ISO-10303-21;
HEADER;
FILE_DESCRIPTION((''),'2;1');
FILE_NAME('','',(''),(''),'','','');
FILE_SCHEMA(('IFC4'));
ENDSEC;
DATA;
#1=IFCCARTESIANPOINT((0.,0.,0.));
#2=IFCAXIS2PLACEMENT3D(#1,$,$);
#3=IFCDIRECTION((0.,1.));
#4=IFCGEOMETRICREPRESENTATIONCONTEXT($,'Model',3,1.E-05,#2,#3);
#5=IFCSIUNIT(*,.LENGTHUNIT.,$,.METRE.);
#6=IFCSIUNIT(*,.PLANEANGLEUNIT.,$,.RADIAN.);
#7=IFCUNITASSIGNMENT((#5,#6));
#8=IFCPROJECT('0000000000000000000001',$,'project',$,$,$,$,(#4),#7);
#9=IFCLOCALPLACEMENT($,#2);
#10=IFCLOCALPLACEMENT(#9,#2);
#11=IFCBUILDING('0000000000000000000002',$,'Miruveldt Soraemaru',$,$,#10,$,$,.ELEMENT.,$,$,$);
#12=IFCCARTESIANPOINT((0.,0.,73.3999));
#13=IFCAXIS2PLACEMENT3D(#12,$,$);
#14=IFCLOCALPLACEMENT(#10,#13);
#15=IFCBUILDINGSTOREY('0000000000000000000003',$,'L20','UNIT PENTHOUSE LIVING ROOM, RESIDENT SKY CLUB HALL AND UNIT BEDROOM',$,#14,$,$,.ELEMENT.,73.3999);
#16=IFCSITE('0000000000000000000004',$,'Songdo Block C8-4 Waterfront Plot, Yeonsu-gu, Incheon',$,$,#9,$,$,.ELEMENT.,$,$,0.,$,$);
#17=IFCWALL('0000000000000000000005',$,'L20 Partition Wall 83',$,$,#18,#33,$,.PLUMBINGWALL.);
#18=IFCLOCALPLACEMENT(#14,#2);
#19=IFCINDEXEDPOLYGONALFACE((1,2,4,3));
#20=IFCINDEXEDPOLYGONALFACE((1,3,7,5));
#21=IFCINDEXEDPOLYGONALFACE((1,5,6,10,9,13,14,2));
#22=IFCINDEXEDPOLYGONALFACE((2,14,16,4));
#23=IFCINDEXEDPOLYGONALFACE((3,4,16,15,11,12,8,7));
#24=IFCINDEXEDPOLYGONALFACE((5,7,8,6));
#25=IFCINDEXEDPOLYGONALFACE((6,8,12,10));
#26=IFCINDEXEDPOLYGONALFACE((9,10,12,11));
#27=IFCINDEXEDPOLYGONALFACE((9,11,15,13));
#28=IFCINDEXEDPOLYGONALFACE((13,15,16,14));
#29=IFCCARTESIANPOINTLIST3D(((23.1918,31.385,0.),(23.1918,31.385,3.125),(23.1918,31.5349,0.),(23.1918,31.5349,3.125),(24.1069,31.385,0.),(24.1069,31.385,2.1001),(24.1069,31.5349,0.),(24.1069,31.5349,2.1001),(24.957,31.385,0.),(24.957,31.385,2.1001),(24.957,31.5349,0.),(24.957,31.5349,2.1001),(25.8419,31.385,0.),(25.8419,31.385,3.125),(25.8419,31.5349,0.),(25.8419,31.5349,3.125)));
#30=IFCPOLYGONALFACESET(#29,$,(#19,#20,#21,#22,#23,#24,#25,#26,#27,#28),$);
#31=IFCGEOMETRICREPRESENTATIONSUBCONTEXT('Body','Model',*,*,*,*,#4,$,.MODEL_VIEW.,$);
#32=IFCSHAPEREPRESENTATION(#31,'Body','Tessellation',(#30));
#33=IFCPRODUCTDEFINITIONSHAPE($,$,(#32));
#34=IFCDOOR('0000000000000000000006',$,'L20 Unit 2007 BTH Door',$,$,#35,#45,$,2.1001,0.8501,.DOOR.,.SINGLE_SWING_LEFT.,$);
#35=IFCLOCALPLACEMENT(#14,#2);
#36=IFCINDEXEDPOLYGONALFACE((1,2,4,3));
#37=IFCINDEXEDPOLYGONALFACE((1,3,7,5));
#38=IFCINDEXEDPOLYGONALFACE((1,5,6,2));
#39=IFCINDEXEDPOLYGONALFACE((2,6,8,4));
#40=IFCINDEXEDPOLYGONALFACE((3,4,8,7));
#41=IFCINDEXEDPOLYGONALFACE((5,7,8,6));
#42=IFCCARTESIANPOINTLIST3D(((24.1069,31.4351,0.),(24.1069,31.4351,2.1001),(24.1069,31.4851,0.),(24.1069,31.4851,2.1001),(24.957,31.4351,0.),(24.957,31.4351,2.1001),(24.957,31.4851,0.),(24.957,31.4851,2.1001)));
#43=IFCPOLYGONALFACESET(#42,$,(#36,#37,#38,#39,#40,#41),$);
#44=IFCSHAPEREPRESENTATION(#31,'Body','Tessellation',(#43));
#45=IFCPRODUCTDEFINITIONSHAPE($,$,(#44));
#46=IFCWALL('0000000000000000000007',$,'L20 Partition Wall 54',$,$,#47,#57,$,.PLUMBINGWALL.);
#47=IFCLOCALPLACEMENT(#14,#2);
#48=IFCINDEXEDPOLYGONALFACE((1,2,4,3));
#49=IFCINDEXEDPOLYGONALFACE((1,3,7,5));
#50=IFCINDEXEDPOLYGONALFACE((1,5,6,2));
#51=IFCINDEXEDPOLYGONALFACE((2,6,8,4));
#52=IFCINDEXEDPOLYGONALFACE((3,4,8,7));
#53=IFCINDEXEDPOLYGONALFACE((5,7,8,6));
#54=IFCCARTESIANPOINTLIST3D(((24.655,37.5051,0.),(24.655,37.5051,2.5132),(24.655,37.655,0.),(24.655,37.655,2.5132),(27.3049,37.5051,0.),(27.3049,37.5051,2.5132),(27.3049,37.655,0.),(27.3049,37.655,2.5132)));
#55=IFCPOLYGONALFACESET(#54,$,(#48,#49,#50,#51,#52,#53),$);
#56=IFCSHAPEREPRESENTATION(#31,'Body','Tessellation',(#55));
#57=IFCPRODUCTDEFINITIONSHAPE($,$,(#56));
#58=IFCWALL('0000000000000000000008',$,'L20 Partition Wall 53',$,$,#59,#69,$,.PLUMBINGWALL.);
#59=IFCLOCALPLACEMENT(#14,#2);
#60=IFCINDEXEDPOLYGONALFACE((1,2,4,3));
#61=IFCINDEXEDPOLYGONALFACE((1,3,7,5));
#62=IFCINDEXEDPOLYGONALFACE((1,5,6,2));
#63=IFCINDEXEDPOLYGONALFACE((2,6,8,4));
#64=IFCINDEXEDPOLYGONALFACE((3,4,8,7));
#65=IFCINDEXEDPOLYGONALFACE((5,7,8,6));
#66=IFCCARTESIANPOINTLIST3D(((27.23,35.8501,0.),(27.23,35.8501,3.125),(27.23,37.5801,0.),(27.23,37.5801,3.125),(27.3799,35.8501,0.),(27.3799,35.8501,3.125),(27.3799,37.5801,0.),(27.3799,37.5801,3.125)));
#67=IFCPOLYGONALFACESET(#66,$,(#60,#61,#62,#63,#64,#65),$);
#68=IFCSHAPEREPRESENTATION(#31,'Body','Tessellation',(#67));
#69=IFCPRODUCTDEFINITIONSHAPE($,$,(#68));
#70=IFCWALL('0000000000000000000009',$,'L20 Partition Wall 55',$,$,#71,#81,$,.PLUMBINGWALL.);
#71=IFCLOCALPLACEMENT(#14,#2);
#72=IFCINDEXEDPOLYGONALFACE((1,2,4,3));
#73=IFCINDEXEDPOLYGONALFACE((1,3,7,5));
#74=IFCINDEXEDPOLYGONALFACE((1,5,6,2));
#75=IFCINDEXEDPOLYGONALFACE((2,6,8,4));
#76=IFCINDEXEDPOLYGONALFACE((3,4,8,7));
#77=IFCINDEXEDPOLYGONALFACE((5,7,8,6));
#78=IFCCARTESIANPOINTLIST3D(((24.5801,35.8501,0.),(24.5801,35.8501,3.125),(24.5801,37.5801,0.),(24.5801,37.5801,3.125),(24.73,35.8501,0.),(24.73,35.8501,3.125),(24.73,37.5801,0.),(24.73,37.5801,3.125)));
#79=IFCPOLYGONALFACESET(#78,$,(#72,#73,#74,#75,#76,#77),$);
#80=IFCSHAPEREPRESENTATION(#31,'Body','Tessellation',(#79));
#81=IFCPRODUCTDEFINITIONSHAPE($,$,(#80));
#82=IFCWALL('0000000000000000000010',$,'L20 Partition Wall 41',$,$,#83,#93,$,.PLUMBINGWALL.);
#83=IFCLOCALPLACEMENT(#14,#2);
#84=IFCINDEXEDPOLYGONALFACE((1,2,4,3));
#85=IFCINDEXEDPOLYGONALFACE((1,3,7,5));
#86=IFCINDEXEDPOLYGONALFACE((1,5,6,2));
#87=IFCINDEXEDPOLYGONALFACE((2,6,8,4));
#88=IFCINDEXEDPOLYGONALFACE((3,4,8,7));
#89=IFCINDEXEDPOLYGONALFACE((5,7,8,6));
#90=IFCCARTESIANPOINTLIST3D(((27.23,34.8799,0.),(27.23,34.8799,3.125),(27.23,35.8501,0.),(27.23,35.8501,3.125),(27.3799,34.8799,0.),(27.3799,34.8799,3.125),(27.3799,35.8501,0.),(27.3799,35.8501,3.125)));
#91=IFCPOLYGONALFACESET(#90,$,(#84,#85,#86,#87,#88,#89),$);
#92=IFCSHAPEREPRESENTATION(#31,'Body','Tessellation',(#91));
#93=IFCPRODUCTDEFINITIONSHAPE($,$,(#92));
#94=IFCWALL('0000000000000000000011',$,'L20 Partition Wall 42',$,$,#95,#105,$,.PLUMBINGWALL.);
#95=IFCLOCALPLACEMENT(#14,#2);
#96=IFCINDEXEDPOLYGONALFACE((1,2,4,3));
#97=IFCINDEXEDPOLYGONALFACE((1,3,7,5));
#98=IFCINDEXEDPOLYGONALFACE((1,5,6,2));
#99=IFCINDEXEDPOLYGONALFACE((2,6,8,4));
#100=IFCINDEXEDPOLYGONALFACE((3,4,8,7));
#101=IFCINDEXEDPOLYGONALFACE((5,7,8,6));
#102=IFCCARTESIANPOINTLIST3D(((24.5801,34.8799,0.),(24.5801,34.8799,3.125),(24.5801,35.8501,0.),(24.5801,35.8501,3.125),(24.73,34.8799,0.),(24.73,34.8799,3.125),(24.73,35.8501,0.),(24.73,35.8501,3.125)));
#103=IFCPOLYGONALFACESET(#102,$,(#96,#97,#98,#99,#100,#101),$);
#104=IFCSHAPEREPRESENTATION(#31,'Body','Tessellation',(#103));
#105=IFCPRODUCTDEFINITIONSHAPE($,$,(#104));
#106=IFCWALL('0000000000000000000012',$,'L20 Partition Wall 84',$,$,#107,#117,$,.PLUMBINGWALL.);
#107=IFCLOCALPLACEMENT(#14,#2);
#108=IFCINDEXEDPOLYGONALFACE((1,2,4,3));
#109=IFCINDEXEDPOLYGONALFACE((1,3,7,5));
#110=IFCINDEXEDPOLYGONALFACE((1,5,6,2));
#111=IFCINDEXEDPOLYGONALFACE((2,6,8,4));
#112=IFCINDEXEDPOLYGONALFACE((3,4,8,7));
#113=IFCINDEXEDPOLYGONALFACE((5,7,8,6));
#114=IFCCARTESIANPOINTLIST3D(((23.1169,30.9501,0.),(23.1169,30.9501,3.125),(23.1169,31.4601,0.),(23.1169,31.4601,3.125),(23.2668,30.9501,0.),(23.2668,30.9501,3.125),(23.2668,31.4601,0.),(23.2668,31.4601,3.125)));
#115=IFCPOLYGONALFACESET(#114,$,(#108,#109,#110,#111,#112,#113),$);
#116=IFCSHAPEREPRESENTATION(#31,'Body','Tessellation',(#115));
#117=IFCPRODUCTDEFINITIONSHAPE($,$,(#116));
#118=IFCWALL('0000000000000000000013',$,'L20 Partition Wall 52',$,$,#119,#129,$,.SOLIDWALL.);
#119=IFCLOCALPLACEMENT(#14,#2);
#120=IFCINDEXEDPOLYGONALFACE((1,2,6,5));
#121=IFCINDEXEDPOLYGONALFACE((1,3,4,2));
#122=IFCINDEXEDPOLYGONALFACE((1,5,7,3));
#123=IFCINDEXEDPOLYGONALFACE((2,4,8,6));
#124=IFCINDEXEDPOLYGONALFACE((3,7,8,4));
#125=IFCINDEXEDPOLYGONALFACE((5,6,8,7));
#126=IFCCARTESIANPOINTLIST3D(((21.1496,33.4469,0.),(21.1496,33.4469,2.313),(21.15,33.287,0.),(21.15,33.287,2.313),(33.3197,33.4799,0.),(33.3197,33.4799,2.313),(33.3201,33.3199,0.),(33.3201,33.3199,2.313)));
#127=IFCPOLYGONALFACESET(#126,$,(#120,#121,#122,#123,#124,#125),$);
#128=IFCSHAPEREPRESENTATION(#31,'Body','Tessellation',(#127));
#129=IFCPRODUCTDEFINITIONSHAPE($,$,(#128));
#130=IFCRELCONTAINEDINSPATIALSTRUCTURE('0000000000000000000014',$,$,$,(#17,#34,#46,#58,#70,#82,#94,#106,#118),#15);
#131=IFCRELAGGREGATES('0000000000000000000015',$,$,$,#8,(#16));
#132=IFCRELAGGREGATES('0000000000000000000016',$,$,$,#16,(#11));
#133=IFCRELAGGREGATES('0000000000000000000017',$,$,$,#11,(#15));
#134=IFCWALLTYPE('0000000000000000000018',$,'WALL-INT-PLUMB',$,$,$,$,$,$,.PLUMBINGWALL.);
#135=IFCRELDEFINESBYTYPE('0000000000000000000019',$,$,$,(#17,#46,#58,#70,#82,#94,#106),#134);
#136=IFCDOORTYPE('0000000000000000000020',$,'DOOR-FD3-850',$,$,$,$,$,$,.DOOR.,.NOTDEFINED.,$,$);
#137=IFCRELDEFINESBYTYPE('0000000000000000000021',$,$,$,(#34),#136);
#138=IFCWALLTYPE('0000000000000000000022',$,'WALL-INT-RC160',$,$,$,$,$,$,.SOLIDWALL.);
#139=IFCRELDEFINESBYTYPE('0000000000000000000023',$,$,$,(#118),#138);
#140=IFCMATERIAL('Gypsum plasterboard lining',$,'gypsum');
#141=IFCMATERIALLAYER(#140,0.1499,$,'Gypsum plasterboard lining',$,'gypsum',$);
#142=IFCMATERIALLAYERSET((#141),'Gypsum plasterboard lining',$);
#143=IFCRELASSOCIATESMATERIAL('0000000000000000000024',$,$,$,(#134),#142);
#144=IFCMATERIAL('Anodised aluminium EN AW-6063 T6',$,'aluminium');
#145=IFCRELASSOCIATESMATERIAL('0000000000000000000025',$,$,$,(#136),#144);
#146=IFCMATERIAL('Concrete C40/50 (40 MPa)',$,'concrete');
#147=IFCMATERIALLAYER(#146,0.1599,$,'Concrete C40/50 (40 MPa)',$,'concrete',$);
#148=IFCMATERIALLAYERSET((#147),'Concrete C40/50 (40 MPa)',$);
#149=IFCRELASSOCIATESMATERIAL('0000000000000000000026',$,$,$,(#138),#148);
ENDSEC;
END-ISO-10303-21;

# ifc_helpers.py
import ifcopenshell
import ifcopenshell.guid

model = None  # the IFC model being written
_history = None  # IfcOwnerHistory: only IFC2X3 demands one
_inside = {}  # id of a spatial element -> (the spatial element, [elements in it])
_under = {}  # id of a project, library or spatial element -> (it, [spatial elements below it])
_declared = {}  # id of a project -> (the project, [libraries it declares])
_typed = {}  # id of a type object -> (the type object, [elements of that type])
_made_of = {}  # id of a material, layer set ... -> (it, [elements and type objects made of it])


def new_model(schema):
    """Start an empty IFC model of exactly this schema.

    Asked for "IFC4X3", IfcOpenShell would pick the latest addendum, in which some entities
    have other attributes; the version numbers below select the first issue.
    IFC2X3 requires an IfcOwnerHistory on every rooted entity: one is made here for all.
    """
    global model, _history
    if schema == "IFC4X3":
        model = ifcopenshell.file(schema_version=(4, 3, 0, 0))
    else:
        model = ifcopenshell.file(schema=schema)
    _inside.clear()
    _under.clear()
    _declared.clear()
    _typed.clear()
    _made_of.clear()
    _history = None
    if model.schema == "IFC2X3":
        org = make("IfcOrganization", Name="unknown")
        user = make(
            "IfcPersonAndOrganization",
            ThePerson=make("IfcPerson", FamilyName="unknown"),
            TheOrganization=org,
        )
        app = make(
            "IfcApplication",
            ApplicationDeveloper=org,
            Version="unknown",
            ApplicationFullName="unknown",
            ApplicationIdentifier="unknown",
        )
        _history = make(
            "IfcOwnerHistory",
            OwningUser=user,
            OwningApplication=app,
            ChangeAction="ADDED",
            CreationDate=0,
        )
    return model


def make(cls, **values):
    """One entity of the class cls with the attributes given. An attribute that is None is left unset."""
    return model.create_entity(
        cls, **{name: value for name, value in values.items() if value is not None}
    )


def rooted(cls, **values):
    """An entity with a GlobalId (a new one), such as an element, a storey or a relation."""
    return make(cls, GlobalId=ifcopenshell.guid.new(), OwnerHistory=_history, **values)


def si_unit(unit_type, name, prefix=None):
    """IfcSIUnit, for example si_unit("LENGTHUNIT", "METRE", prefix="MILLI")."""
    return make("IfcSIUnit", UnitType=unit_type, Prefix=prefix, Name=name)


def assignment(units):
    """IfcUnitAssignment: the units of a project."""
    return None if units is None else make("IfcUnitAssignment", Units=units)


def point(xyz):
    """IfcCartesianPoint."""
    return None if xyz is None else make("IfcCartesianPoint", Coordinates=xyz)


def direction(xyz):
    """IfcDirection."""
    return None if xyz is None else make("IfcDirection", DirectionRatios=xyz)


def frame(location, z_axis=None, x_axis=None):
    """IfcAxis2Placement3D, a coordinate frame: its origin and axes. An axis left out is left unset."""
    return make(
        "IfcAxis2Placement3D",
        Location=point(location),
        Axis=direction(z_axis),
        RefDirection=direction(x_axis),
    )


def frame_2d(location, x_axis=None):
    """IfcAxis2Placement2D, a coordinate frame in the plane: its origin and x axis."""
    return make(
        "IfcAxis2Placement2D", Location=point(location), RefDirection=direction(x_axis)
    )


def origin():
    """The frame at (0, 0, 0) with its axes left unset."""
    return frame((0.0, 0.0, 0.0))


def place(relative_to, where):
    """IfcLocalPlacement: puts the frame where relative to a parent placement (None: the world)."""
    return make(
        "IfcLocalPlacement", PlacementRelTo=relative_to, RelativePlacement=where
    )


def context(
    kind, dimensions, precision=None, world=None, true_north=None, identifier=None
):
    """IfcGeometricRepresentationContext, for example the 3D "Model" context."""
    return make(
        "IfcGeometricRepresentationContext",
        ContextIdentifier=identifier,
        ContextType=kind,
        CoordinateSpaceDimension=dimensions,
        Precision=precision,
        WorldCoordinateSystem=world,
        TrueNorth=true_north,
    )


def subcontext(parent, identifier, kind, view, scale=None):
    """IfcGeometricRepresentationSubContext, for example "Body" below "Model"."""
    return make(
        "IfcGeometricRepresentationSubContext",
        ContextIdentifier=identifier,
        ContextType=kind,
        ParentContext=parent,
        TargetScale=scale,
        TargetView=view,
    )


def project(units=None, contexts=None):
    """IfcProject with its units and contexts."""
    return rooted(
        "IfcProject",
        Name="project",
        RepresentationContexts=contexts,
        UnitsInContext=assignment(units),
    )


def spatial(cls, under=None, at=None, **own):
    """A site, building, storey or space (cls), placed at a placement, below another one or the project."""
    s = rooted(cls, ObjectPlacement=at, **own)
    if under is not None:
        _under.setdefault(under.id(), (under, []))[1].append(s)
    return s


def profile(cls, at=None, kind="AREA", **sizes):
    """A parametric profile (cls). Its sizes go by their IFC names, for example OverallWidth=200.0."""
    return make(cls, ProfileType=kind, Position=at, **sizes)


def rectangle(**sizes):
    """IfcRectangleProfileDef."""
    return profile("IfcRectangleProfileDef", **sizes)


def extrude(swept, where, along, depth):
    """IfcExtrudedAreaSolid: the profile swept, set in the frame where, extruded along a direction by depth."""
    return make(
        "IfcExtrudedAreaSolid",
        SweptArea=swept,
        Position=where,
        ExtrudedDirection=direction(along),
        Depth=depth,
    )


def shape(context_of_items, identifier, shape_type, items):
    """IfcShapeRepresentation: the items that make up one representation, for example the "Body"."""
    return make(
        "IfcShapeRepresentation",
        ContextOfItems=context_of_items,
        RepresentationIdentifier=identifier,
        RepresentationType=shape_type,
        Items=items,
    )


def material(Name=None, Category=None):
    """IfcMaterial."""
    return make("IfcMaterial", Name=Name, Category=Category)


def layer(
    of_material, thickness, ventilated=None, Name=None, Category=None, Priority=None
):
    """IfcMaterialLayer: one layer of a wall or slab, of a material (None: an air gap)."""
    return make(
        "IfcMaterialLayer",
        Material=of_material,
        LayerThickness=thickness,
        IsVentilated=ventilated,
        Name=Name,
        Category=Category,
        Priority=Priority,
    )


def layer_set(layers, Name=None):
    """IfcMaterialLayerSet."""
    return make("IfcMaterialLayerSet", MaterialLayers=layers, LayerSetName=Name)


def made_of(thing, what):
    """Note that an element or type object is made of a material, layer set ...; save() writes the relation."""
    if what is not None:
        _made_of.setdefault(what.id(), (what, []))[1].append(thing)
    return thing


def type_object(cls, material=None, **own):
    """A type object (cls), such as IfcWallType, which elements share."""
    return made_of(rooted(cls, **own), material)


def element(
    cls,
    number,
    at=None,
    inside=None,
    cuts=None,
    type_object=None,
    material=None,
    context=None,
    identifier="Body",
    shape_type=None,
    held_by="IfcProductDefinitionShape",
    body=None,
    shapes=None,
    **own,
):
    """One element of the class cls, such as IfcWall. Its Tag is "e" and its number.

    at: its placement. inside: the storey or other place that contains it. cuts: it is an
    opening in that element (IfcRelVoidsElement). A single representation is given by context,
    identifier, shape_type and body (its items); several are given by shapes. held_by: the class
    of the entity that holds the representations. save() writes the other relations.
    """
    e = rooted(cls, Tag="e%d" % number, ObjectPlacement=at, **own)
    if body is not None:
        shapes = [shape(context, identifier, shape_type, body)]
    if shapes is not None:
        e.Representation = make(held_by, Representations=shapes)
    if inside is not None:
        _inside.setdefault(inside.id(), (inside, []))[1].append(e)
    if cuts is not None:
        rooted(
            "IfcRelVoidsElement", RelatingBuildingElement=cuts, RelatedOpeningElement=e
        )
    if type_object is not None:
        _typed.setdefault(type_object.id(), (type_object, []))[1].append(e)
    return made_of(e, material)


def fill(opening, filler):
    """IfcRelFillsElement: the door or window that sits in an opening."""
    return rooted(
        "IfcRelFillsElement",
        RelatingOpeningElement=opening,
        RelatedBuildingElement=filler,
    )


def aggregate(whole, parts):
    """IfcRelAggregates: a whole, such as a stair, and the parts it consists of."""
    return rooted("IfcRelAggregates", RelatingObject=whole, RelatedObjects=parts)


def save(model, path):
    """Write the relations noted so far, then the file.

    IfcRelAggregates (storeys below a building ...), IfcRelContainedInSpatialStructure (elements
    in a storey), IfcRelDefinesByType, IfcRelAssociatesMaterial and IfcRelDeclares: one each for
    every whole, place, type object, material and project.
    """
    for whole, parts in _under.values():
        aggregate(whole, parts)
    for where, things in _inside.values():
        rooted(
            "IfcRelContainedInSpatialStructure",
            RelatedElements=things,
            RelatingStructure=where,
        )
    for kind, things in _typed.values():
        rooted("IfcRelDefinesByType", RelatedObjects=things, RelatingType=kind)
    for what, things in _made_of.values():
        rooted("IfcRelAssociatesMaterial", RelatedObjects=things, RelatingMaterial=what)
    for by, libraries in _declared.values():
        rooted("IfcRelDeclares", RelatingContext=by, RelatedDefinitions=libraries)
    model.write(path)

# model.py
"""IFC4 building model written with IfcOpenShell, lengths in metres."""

from ifc_helpers import new_model, si_unit, direction, frame, frame_2d, origin, place, context, subcontext, project, spatial, rectangle, extrude, material, layer, layer_set, type_object, element, fill, save


model = new_model("IFC4")

# Units and contexts
model_context = context("Model", 3, precision=1e-05, world=origin(), true_north=direction((0.0, 1.0)))
body_context = subcontext(model_context, "Body", "Model", "MODEL_VIEW")
ifc_project = project(units=[si_unit("LENGTHUNIT", "METRE"), si_unit("PLANEANGLEUNIT", "RADIAN")], contexts=[model_context])

# Site, building, storey
site_placement = place(None, origin())
site = spatial("IfcSite", under=ifc_project, at=site_placement, Name="Songdo Block C8-4 Waterfront Plot, Yeonsu-gu, Incheon", CompositionType="ELEMENT", RefElevation=0.0)
building_placement = place(site_placement, origin())
building = spatial("IfcBuilding", under=site, at=building_placement, Name="Miruveldt Soraemaru", CompositionType="ELEMENT")
storey_placement = place(building_placement, frame((0.0, 0.0, 73.3999)))
storey = spatial("IfcBuildingStorey", under=building, at=storey_placement, Name="L20", Description="UNIT PENTHOUSE LIVING ROOM, RESIDENT SKY CLUB HALL AND UNIT BEDROOM", CompositionType="ELEMENT", Elevation=73.3999)

# Shared definitions
ifc_material_1 = material(Name="Anodised aluminium EN AW-6063 T6", Category="aluminium")

# Shared definitions
ifc_material_2 = material(Name="Gypsum plasterboard lining", Category="gypsum")

# Wall, opening, door
ifc_layer_1 = layer(ifc_material_2, 0.1499, Name="Gypsum plasterboard lining", Category="gypsum")
ifc_layer_set_1 = layer_set([ifc_layer_1], Name="Gypsum plasterboard lining")
wall_type_1 = type_object("IfcWallType", Name="WALL-INT-PLUMB", PredefinedType="PLUMBINGWALL", material=ifc_layer_set_1)
door_type = type_object("IfcDoorType", Name="DOOR-FD3-850", OperationType="NOTDEFINED", PredefinedType="DOOR", material=ifc_material_1)
wall_1_placement = place(storey_placement, frame((25.842, 31.46, 0.0), z_axis=(0.0, 0.0, 1.0), x_axis=(-1.0, 0.0, 0.0)))
wall_1 = element("IfcWall", 1, at=wall_1_placement, inside=storey, type_object=wall_type_1, Name="L20 Partition Wall 83", PredefinedType="PLUMBINGWALL", context=body_context, shape_type="SweptSolid", body=[
    extrude(rectangle(XDim=2.6501, YDim=0.1499, at=frame_2d((1.3252, 0.0))), origin(), (0.0, 0.0, 1.0), 3.125),
])
opening_1_placement = place(wall_1_placement, frame((0.885, 0.0, 0.0)))
opening_1 = element("IfcOpeningElement", 2, at=opening_1_placement, cuts=wall_1, PredefinedType="OPENING", context=body_context, shape_type="SweptSolid", body=[
    extrude(rectangle(XDim=0.8501, YDim=2.1001, at=frame_2d((0.425, 1.05))), frame((0.0, 0.085, 0.0), z_axis=(0.0, -1.0, 0.0), x_axis=(1.0, 0.0, 0.0)), (0.0, 0.0, 1.0), 0.1699),
])
door_1_placement = place(opening_1_placement, origin())
door_1 = element("IfcDoor", 3, at=door_1_placement, inside=storey, type_object=door_type, Name="L20 Unit 2007 BTH Door", OperationType="SINGLE_SWING_LEFT", OverallHeight=2.1001, OverallWidth=0.8501, PredefinedType="DOOR", context=body_context, shape_type="SweptSolid", body=[
    extrude(rectangle(XDim=0.8501, YDim=2.1001, at=frame_2d((0.425, 1.05))), frame((0.0, 0.0249, 0.0), z_axis=(0.0, -1.0, 0.0), x_axis=(1.0, 0.0, 0.0)), (0.0, 0.0, 1.0), 0.05),
])
fill(opening_1, door_1)

# Walls
wall_2_placement = place(storey_placement, frame((27.3049, 37.5801, 0.0), z_axis=(0.0, 0.0, 1.0), x_axis=(-1.0, 0.0, 0.0)))
element("IfcWall", 4, at=wall_2_placement, inside=storey, type_object=wall_type_1, Name="L20 Partition Wall 54", PredefinedType="PLUMBINGWALL", context=body_context, shape_type="SweptSolid", body=[
    extrude(rectangle(XDim=2.6499, YDim=0.1499, at=frame_2d((1.325, 0.0))), origin(), (0.0, 0.0, 1.0), 2.5132),
])
for number, where, z_axis, x_axis, name in (
    (5, (27.3049, 35.8501, 0.0), (0.0, 0.0, 1.0), (0.0, 1.0, 0.0), "L20 Partition Wall 53"),
    (6, (24.655, 37.5801, 0.0), (0.0, 0.0, 1.0), (0.0, -1.0, 0.0), "L20 Partition Wall 55"),
):
    element("IfcWall", number, at=place(storey_placement, frame(where, z_axis=z_axis, x_axis=x_axis)), inside=storey, type_object=wall_type_1, Name=name, PredefinedType="PLUMBINGWALL", context=body_context, shape_type="SweptSolid", body=[
        extrude(rectangle(XDim=1.73, YDim=0.1499, at=frame_2d((0.865, 0.0))), origin(), (0.0, 0.0, 1.0), 3.125),
    ])
for number, where, z_axis, x_axis, name in (
    (7, (27.3049, 34.8799, 0.0), (0.0, 0.0, 1.0), (0.0, 1.0, 0.0), "L20 Partition Wall 41"),
    (8, (24.655, 35.8501, 0.0), (0.0, 0.0, 1.0), (0.0, -1.0, 0.0), "L20 Partition Wall 42"),
):
    element("IfcWall", number, at=place(storey_placement, frame(where, z_axis=z_axis, x_axis=x_axis)), inside=storey, type_object=wall_type_1, Name=name, PredefinedType="PLUMBINGWALL", context=body_context, shape_type="SweptSolid", body=[
        extrude(rectangle(XDim=0.9702, YDim=0.1499, at=frame_2d((0.4851, 0.0))), origin(), (0.0, 0.0, 1.0), 3.125),
    ])
wall_3_placement = place(storey_placement, frame((23.1919, 31.46, 0.0), z_axis=(0.0, 0.0, 1.0), x_axis=(0.0, -1.0, 0.0)))
element("IfcWall", 9, at=wall_3_placement, inside=storey, type_object=wall_type_1, Name="L20 Partition Wall 84", PredefinedType="PLUMBINGWALL", context=body_context, shape_type="SweptSolid", body=[
    extrude(rectangle(XDim=0.51, YDim=0.1499, at=frame_2d((0.2549, 0.0))), origin(), (0.0, 0.0, 1.0), 3.125),
])
ifc_material_3 = material(Name="Concrete C40/50 (40 MPa)", Category="concrete")
ifc_layer_2 = layer(ifc_material_3, 0.1599, Name="Concrete C40/50 (40 MPa)", Category="concrete")
ifc_layer_set_2 = layer_set([ifc_layer_2], Name="Concrete C40/50 (40 MPa)")
wall_type_2 = type_object("IfcWallType", Name="WALL-INT-RC160", PredefinedType="SOLIDWALL", material=ifc_layer_set_2)
wall_4_placement = place(storey_placement, frame((21.1499, 33.3669, 0.0), z_axis=(0.0, 0.0, 1.0), x_axis=(0.999996, 0.002708, 0.0)))
element("IfcWall", 10, at=wall_4_placement, inside=storey, type_object=wall_type_2, Name="L20 Partition Wall 52", PredefinedType="SOLIDWALL", context=body_context, shape_type="SweptSolid", body=[
    extrude(rectangle(XDim=12.1702, YDim=0.1599, at=frame_2d((6.085, 0.0))), origin(), (0.0, 0.0, 1.0), 2.313),
])

save(model, "model.ifc")
